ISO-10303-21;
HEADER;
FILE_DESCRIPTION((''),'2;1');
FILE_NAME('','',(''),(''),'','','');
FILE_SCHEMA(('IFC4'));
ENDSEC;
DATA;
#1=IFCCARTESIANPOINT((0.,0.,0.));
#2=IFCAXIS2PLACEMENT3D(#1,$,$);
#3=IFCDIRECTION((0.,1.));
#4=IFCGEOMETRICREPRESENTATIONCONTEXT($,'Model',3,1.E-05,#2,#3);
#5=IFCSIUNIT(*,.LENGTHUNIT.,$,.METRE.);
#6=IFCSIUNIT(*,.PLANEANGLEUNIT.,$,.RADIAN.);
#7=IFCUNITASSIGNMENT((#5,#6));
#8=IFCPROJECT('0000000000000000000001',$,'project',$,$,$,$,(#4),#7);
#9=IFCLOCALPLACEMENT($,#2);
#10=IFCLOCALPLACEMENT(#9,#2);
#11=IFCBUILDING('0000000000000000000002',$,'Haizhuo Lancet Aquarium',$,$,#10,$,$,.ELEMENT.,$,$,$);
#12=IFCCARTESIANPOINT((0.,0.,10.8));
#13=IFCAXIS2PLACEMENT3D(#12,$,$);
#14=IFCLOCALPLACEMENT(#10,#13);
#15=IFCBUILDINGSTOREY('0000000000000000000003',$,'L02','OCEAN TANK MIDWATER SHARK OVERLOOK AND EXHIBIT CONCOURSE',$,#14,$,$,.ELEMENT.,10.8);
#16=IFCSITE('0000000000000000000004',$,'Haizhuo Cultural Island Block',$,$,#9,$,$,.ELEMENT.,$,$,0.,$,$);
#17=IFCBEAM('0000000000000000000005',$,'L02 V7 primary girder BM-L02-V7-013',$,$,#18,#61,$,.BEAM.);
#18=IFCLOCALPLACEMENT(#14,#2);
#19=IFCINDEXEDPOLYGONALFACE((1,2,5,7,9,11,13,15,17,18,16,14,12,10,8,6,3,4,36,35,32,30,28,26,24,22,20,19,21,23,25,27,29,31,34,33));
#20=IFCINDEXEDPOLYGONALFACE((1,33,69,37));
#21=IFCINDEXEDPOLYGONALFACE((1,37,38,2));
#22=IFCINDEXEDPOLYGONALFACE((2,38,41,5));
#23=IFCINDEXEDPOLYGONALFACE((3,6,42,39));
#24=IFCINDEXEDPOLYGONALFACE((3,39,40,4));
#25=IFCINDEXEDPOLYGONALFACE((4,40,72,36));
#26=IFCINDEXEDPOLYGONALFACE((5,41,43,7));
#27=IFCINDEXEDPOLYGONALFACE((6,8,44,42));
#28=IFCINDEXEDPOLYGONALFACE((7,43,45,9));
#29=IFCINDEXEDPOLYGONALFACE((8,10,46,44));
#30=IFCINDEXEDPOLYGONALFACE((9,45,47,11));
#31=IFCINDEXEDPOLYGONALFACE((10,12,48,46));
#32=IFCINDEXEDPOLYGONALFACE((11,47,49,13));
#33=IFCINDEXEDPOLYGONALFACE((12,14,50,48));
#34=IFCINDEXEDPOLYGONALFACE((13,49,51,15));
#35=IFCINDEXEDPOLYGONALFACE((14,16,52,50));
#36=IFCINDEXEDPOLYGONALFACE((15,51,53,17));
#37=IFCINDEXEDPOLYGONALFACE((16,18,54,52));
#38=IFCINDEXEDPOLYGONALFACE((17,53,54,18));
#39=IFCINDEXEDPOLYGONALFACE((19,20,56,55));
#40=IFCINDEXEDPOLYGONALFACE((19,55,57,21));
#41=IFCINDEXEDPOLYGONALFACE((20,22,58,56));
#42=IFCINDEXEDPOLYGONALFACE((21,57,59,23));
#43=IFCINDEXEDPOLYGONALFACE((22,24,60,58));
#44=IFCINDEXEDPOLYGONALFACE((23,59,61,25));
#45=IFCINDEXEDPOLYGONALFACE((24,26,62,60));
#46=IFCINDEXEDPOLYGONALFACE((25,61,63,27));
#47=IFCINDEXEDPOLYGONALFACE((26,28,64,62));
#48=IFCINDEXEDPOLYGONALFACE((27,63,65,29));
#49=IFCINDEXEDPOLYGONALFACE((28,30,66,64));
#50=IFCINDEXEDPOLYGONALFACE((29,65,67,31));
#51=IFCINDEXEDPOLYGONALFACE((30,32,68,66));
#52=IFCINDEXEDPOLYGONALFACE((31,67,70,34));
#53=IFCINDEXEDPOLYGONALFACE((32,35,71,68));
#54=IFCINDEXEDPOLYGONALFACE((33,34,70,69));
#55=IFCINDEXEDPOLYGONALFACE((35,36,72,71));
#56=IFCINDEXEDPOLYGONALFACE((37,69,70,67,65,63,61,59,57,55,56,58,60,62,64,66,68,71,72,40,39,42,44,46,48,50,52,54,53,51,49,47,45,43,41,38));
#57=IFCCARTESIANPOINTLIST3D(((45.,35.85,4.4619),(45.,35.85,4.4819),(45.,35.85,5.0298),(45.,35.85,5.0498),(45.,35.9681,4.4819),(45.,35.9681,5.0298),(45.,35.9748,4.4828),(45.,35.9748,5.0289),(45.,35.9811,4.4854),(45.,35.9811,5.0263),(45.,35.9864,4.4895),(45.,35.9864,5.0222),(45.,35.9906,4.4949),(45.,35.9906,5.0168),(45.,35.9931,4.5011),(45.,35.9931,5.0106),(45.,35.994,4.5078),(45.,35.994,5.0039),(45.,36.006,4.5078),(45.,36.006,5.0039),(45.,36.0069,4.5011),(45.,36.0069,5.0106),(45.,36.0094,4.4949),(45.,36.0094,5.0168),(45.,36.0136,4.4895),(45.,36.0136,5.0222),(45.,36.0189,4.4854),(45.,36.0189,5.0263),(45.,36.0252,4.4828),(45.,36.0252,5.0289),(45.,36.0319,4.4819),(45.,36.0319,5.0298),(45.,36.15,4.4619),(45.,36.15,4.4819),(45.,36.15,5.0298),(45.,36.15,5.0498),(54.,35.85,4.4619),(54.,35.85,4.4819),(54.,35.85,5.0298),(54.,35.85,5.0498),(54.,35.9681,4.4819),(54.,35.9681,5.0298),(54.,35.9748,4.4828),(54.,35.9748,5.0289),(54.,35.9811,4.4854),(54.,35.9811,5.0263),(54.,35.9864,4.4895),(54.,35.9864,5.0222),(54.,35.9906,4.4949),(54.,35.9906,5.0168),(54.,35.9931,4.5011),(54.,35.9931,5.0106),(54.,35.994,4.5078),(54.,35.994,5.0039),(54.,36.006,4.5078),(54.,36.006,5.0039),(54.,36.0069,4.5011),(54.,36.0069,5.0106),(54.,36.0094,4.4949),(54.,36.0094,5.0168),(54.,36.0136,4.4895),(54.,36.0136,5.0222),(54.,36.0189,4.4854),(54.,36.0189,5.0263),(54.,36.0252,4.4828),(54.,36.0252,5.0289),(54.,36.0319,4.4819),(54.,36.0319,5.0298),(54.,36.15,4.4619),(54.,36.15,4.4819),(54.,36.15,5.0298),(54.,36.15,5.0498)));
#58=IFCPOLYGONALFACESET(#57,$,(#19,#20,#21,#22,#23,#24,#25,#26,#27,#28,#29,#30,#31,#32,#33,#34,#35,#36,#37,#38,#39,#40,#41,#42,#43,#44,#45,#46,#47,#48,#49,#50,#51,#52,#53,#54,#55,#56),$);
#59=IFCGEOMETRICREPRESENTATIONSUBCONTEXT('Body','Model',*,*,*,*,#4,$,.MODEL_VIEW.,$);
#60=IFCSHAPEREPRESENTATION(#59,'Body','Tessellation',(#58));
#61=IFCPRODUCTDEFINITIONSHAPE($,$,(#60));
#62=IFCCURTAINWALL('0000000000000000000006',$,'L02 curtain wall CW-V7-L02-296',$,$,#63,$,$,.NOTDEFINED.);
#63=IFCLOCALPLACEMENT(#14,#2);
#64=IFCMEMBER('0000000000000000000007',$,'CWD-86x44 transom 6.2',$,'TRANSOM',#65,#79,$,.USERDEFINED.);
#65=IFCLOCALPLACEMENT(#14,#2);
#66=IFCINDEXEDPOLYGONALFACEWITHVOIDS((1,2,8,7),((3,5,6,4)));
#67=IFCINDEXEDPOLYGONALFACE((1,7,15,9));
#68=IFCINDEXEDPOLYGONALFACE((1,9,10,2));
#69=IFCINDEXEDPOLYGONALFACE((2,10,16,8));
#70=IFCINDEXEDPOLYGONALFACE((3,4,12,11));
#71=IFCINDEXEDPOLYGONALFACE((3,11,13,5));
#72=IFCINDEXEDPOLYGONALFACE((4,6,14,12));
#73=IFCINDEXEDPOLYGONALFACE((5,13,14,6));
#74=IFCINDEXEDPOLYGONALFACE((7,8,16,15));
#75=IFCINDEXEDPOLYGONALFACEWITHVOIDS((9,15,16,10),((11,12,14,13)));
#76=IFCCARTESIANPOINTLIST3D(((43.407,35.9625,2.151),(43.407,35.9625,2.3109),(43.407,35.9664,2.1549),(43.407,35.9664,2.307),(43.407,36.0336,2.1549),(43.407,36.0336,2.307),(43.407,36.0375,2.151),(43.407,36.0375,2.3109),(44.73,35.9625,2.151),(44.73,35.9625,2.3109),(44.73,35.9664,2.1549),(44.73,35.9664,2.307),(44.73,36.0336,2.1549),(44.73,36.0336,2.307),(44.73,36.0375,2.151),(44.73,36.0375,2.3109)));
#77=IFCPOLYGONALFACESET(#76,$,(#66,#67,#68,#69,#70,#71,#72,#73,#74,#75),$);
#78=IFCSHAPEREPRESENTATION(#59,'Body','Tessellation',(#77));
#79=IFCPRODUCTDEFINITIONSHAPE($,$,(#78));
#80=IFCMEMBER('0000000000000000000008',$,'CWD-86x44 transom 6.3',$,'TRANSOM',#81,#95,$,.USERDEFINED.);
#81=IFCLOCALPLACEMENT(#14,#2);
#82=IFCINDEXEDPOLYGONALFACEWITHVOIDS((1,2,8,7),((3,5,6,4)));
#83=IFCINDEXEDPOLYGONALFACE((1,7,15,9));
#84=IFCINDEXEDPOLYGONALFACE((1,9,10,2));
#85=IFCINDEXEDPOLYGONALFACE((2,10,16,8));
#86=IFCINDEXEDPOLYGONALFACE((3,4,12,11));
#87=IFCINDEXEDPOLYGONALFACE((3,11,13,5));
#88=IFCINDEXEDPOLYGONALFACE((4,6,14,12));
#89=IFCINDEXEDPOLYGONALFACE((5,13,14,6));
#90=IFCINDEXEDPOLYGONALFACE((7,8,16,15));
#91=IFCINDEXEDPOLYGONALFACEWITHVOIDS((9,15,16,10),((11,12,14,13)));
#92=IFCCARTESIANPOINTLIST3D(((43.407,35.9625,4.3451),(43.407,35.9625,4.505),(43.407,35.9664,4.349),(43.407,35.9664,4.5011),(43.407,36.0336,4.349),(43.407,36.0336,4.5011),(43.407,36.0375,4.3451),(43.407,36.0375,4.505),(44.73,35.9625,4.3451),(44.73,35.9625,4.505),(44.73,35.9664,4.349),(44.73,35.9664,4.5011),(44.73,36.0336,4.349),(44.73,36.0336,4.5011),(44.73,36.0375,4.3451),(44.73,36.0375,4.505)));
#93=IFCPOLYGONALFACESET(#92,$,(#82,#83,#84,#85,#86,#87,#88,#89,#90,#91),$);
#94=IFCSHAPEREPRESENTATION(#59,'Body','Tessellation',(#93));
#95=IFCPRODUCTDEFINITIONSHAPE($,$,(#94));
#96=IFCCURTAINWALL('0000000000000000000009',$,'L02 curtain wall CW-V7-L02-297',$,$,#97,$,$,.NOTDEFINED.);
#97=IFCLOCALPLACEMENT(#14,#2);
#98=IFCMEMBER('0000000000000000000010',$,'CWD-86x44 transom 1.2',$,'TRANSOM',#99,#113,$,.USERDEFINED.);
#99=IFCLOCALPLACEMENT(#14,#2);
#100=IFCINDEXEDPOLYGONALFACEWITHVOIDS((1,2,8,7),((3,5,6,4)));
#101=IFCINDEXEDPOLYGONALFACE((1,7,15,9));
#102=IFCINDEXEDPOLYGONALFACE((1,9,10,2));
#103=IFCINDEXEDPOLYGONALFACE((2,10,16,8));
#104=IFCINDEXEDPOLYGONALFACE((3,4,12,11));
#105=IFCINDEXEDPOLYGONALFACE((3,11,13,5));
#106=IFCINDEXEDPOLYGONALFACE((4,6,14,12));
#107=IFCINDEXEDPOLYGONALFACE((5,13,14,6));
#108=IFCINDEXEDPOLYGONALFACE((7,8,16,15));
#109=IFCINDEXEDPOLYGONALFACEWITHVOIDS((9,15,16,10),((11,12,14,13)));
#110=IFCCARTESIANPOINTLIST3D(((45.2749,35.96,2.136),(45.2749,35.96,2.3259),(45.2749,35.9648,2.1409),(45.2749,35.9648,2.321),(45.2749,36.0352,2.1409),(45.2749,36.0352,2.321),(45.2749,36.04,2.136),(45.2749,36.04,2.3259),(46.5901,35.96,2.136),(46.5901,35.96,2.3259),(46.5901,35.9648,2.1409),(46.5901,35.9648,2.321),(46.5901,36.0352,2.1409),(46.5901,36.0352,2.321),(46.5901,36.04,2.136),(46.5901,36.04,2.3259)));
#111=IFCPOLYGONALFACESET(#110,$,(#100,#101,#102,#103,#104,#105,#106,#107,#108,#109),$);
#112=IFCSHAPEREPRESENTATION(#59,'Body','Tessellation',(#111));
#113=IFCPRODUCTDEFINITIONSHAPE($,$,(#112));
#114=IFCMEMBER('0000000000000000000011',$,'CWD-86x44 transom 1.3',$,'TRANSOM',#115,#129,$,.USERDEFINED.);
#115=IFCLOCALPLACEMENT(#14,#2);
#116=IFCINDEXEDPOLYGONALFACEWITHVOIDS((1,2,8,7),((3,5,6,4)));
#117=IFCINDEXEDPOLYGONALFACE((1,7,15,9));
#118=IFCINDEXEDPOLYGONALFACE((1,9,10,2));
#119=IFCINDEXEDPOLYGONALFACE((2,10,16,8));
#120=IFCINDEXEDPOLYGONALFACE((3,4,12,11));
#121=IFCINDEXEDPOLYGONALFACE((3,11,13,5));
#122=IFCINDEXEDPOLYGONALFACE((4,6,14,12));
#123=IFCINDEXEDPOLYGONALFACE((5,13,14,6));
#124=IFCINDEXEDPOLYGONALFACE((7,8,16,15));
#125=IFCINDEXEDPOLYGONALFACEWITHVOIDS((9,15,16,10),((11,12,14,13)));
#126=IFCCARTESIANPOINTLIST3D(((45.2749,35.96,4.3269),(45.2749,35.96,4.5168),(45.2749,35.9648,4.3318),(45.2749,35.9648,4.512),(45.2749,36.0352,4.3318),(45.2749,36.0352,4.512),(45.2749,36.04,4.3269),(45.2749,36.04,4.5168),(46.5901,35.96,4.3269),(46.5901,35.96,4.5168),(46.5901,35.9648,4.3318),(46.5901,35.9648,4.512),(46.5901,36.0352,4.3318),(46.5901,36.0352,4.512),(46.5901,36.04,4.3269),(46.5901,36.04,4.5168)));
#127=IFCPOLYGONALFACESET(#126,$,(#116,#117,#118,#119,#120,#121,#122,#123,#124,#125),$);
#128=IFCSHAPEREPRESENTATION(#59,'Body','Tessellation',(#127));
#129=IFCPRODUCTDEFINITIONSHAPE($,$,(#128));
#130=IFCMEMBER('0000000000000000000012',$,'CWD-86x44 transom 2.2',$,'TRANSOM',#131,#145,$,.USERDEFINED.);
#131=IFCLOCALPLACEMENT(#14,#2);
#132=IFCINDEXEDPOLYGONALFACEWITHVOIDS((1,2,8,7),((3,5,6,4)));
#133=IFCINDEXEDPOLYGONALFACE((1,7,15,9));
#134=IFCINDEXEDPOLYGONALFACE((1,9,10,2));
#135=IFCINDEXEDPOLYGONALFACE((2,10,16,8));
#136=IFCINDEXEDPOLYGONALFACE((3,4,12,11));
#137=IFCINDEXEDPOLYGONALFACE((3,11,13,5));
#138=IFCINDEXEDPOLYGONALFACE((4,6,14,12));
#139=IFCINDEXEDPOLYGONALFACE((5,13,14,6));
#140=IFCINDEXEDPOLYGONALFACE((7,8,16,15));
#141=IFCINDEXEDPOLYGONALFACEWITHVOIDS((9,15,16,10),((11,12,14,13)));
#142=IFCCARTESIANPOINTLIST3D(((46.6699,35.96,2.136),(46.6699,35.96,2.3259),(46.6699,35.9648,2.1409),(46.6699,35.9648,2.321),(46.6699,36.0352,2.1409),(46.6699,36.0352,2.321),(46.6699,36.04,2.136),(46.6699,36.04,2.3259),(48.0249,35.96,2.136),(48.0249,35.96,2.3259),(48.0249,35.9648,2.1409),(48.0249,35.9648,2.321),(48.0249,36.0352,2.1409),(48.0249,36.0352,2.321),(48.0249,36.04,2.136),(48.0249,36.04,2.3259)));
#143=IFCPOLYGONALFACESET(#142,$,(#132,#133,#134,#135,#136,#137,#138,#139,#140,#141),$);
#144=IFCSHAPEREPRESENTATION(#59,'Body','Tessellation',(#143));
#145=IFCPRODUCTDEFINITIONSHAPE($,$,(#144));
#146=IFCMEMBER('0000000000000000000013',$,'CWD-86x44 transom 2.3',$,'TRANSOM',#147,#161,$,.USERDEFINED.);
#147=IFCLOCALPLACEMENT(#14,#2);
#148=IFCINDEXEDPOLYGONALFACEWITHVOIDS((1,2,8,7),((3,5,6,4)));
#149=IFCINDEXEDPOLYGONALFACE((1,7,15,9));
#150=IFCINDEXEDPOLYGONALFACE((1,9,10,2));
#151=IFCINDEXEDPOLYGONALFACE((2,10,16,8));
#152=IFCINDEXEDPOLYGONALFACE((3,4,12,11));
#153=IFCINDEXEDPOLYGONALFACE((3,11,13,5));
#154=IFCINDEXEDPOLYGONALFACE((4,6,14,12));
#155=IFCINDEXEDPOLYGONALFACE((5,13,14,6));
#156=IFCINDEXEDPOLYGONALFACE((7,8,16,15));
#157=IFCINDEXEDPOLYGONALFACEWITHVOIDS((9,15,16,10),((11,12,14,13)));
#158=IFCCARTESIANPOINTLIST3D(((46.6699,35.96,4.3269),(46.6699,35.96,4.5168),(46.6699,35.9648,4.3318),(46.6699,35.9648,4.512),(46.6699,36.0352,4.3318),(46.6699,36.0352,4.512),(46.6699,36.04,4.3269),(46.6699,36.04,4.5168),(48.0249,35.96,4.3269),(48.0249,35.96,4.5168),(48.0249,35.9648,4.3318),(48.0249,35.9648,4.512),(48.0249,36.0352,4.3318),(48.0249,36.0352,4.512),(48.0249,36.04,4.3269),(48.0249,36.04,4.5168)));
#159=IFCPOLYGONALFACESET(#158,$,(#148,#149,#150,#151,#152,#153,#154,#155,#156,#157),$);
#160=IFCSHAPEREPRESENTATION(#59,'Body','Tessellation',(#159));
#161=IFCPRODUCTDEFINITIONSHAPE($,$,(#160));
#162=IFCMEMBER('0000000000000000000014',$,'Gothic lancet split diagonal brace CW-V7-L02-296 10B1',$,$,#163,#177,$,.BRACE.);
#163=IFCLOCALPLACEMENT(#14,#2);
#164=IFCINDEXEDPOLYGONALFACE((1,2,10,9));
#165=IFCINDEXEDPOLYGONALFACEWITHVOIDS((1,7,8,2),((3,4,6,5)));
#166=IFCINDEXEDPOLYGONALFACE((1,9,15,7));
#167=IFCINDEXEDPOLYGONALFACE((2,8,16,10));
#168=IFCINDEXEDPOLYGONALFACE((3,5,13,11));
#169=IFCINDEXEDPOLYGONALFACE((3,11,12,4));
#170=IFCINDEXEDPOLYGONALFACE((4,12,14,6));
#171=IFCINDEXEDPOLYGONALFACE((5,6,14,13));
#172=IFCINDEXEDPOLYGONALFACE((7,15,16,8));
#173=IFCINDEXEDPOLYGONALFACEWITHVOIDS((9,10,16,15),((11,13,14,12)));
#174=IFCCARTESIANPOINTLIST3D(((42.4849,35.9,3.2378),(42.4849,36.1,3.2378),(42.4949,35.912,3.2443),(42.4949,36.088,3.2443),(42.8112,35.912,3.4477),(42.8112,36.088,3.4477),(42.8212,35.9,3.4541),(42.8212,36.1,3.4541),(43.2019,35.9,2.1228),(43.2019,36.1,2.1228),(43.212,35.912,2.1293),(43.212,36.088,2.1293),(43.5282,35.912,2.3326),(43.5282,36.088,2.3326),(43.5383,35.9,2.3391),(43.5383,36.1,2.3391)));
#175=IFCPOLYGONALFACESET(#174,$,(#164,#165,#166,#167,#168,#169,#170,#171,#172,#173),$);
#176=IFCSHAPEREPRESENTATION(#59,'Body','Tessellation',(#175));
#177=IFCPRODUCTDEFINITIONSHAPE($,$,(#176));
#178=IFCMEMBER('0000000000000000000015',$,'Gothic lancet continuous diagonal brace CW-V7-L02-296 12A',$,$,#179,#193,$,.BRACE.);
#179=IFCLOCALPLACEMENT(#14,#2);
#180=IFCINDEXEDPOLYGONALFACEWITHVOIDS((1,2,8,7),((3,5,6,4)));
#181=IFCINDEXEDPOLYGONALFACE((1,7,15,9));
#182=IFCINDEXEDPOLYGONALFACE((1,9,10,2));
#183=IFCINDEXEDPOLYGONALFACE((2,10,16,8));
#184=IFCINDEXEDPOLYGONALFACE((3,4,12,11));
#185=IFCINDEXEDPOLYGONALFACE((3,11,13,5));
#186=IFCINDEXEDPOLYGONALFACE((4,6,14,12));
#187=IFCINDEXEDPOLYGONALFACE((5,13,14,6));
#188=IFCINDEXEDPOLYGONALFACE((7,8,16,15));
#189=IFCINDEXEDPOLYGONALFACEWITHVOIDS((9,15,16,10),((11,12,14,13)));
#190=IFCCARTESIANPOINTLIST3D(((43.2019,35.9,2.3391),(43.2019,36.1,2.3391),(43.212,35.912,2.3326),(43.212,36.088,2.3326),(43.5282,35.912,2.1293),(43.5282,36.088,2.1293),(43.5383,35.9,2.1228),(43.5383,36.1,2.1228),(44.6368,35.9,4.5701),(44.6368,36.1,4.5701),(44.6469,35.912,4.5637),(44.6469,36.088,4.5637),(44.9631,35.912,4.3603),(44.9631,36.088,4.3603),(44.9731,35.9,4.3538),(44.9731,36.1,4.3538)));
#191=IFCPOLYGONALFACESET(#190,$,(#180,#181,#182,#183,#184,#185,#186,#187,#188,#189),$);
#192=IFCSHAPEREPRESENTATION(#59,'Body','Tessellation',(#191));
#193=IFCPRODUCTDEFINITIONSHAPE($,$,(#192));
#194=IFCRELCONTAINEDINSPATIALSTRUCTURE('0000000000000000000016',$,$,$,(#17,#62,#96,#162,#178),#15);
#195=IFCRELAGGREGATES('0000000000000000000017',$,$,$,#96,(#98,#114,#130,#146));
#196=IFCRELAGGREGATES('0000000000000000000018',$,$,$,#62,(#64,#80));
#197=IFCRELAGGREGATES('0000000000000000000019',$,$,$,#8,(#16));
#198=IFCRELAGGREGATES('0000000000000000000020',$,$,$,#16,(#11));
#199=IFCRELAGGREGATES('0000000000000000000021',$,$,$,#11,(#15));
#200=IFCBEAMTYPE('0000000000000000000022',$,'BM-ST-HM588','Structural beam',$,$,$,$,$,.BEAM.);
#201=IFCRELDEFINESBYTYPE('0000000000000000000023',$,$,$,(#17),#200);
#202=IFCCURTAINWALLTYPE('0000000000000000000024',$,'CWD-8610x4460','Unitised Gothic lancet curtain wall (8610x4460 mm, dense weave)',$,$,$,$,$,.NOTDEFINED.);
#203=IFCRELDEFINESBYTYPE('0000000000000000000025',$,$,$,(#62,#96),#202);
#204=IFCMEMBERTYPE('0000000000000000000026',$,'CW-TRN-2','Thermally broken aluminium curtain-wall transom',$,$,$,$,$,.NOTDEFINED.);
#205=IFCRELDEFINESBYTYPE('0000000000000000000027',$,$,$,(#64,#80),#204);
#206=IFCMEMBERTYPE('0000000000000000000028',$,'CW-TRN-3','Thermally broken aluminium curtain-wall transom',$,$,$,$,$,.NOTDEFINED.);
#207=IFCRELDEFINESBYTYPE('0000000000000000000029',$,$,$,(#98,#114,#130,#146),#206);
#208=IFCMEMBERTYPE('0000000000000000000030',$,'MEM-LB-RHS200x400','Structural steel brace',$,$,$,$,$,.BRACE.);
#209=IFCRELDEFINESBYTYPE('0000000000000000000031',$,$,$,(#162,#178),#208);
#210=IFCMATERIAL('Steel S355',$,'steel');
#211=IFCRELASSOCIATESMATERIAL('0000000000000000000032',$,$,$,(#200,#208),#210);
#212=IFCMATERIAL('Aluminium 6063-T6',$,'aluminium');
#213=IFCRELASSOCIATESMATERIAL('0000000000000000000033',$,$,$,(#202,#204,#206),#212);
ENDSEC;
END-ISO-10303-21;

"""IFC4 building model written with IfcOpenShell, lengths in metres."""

from ifc_helpers import new_model, si_unit, direction, frame, origin, origin_2d, place, context, subcontext, project, spatial, hollow_rectangle, i_section, extrude, material, material_profile, profile_set, type_object, element, aggregate, save


model = new_model("IFC4")

# Units and contexts
model_context = context("Model", 3, precision=1e-05, world=origin(), true_north=direction((0.0, 1.0)))
body_context = subcontext(model_context, "Body", "Model", "MODEL_VIEW")
ifc_project = project(units=[si_unit("LENGTHUNIT", "METRE"), si_unit("PLANEANGLEUNIT", "RADIAN")], contexts=[model_context])

# Site, building, storey
site_placement = place(None, origin())
site = spatial("IfcSite", under=ifc_project, at=site_placement, Name="Haizhuo Cultural Island Block", CompositionType="ELEMENT", RefElevation=0.0)
building_placement = place(site_placement, origin())
building = spatial("IfcBuilding", under=site, at=building_placement, Name="Haizhuo Lancet Aquarium", CompositionType="ELEMENT")
storey_placement = place(building_placement, frame((0.0, 0.0, 10.8)))
storey = spatial("IfcBuildingStorey", under=building, at=storey_placement, Name="L02", Description="OCEAN TANK MIDWATER SHARK OVERLOOK AND EXHIBIT CONCOURSE", CompositionType="ELEMENT", Elevation=10.8)

# Beam
ifc_material_1 = material(Name="Steel S355", Category="steel")
ifc_material_profile_1 = material_profile(ifc_material_1, i_section(OverallWidth=0.3, OverallDepth=0.5879, WebThickness=0.012, FlangeThickness=0.02, FilletRadius=0.0259, at=origin_2d()), Name="HM 588x300x12x20")
ifc_profile_set_1 = profile_set([ifc_material_profile_1], Name="Steel S355")
beam_type = type_object("IfcBeamType", Name="BM-ST-HM588", Description="Structural beam", PredefinedType="BEAM", material=ifc_profile_set_1)
beam_placement = place(storey_placement, frame((45.0, 36.0, 4.7559), z_axis=(1.0, 0.0, 0.0), x_axis=(0.0, 1.0, 0.0)))
element("IfcBeam", 1, at=beam_placement, inside=storey, type_object=beam_type, Name="L02 V7 primary girder BM-L02-V7-013", PredefinedType="BEAM", context=body_context, shape_type="SweptSolid", body=[
    extrude(i_section(OverallWidth=0.3, OverallDepth=0.5879, WebThickness=0.012, FlangeThickness=0.02, FilletRadius=0.0259, at=origin_2d()), origin(), (0.0, 0.0, 1.0), 9.0),
])

# Curtain walls, members
ifc_material_2 = material(Name="Aluminium 6063-T6", Category="aluminium")
curtain_wall_type = type_object("IfcCurtainWallType", Name="CWD-8610x4460", Description="Unitised Gothic lancet curtain wall (8610x4460 mm, dense weave)", PredefinedType="NOTDEFINED", material=ifc_material_2)
curtain_wall_1_placement = place(storey_placement, origin())
curtain_wall_1 = element("IfcCurtainWall", 2, at=curtain_wall_1_placement, inside=storey, type_object=curtain_wall_type, Name="L02 curtain wall CW-V7-L02-296", PredefinedType="NOTDEFINED")
ifc_material_profile_2 = material_profile(ifc_material_2, hollow_rectangle(XDim=0.075, YDim=0.1599, WallThickness=0.0039, at=origin_2d()), Name="ALU-T 75x160x4")
ifc_profile_set_2 = profile_set([ifc_material_profile_2], Name="Aluminium 6063-T6")
member_type_1 = type_object("IfcMemberType", Name="CW-TRN-2", Description="Thermally broken aluminium curtain-wall transom", PredefinedType="NOTDEFINED", material=ifc_profile_set_2)
member_1_placement = place(storey_placement, frame((43.407, 36.0, 2.231), z_axis=(1.0, 0.0, 0.0), x_axis=(0.0, 1.0, 0.0)))
member_1 = element("IfcMember", 3, at=member_1_placement, type_object=member_type_1, Name="CWD-86x44 transom 6.2", ObjectType="TRANSOM", PredefinedType="USERDEFINED", context=body_context, shape_type="SweptSolid", body=[
    extrude(hollow_rectangle(XDim=0.075, YDim=0.1599, WallThickness=0.0039, at=origin_2d()), origin(), (0.0, 0.0, 1.0), 1.323),
])
member_2_placement = place(storey_placement, frame((43.407, 36.0, 4.425), z_axis=(1.0, 0.0, 0.0), x_axis=(0.0, 1.0, 0.0)))
member_2 = element("IfcMember", 4, at=member_2_placement, type_object=member_type_1, Name="CWD-86x44 transom 6.3", ObjectType="TRANSOM", PredefinedType="USERDEFINED", context=body_context, shape_type="SweptSolid", body=[
    extrude(hollow_rectangle(XDim=0.075, YDim=0.1599, WallThickness=0.0039, at=origin_2d()), origin(), (0.0, 0.0, 1.0), 1.323),
])
curtain_wall_2_placement = place(storey_placement, origin())
curtain_wall_2 = element("IfcCurtainWall", 5, at=curtain_wall_2_placement, inside=storey, type_object=curtain_wall_type, Name="L02 curtain wall CW-V7-L02-297", PredefinedType="NOTDEFINED")
ifc_material_profile_3 = material_profile(ifc_material_2, hollow_rectangle(XDim=0.0801, YDim=0.1899, WallThickness=0.0049, at=origin_2d()), Name="ALU-T 80x190x5")
ifc_profile_set_3 = profile_set([ifc_material_profile_3], Name="Aluminium 6063-T6")
member_type_2 = type_object("IfcMemberType", Name="CW-TRN-3", Description="Thermally broken aluminium curtain-wall transom", PredefinedType="NOTDEFINED", material=ifc_profile_set_3)
member_3_placement = place(storey_placement, frame((45.2749, 36.0, 2.231), z_axis=(1.0, 0.0, 0.0), x_axis=(0.0, 1.0, 0.0)))
member_3 = element("IfcMember", 6, at=member_3_placement, type_object=member_type_2, Name="CWD-86x44 transom 1.2", ObjectType="TRANSOM", PredefinedType="USERDEFINED", context=body_context, shape_type="SweptSolid", body=[
    extrude(hollow_rectangle(XDim=0.0801, YDim=0.1899, WallThickness=0.0049, at=origin_2d()), origin(), (0.0, 0.0, 1.0), 1.3152),
])
member_4_placement = place(storey_placement, frame((45.2749, 36.0, 4.4219), z_axis=(1.0, 0.0, 0.0), x_axis=(0.0, 1.0, 0.0)))
member_4 = element("IfcMember", 7, at=member_4_placement, type_object=member_type_2, Name="CWD-86x44 transom 1.3", ObjectType="TRANSOM", PredefinedType="USERDEFINED", context=body_context, shape_type="SweptSolid", body=[
    extrude(hollow_rectangle(XDim=0.0801, YDim=0.1899, WallThickness=0.0049, at=origin_2d()), origin(), (0.0, 0.0, 1.0), 1.3152),
])
member_5_placement = place(storey_placement, frame((46.6699, 36.0, 2.231), z_axis=(1.0, 0.0, 0.0), x_axis=(0.0, 1.0, 0.0)))
member_5 = element("IfcMember", 8, at=member_5_placement, type_object=member_type_2, Name="CWD-86x44 transom 2.2", ObjectType="TRANSOM", PredefinedType="USERDEFINED", context=body_context, shape_type="SweptSolid", body=[
    extrude(hollow_rectangle(XDim=0.0801, YDim=0.1899, WallThickness=0.0049, at=origin_2d()), origin(), (0.0, 0.0, 1.0), 1.355),
])
member_6_placement = place(storey_placement, frame((46.6699, 36.0, 4.4219), z_axis=(1.0, 0.0, 0.0), x_axis=(0.0, 1.0, 0.0)))
member_6 = element("IfcMember", 9, at=member_6_placement, type_object=member_type_2, Name="CWD-86x44 transom 2.3", ObjectType="TRANSOM", PredefinedType="USERDEFINED", context=body_context, shape_type="SweptSolid", body=[
    extrude(hollow_rectangle(XDim=0.0801, YDim=0.1899, WallThickness=0.0049, at=origin_2d()), origin(), (0.0, 0.0, 1.0), 1.355),
])

# Members
ifc_material_profile_4 = material_profile(ifc_material_1, hollow_rectangle(XDim=0.2, YDim=0.3999, WallThickness=0.012, at=origin_2d()), Name="RHS 200x400x12")
ifc_profile_set_4 = profile_set([ifc_material_profile_4], Name="Steel S355")
member_type_3 = type_object("IfcMemberType", Name="MEM-LB-RHS200x400", Description="Structural steel brace", PredefinedType="BRACE", material=ifc_profile_set_4)
member_7_placement = place(storey_placement, frame((43.3701, 36.0, 2.231), z_axis=(-0.540897, 0.0, 0.841089), x_axis=(0.0, -1.0, 0.0)))
element("IfcMember", 10, at=member_7_placement, inside=storey, type_object=member_type_3, Name="Gothic lancet split diagonal brace CW-V7-L02-296 10B1", PredefinedType="BRACE", context=body_context, shape_type="SweptSolid", body=[
    extrude(hollow_rectangle(XDim=0.2, YDim=0.3999, WallThickness=0.012, at=origin_2d()), origin(), (0.0, 0.0, 1.0), 1.3257),
])
member_8_placement = place(storey_placement, frame((43.3701, 36.0, 2.231), z_axis=(0.540925, 0.0, 0.841071), x_axis=(0.0, 1.0, 0.0)))
element("IfcMember", 11, at=member_8_placement, inside=storey, type_object=member_type_3, Name="Gothic lancet continuous diagonal brace CW-V7-L02-296 12A", PredefinedType="BRACE", context=body_context, shape_type="SweptSolid", body=[
    extrude(hollow_rectangle(XDim=0.2, YDim=0.3999, WallThickness=0.012, at=origin_2d()), origin(), (0.0, 0.0, 1.0), 2.6526),
])

aggregate(curtain_wall_2, [member_3, member_4, member_5, member_6])
aggregate(curtain_wall_1, [member_1, member_2])

save(model, "model.ifc")
